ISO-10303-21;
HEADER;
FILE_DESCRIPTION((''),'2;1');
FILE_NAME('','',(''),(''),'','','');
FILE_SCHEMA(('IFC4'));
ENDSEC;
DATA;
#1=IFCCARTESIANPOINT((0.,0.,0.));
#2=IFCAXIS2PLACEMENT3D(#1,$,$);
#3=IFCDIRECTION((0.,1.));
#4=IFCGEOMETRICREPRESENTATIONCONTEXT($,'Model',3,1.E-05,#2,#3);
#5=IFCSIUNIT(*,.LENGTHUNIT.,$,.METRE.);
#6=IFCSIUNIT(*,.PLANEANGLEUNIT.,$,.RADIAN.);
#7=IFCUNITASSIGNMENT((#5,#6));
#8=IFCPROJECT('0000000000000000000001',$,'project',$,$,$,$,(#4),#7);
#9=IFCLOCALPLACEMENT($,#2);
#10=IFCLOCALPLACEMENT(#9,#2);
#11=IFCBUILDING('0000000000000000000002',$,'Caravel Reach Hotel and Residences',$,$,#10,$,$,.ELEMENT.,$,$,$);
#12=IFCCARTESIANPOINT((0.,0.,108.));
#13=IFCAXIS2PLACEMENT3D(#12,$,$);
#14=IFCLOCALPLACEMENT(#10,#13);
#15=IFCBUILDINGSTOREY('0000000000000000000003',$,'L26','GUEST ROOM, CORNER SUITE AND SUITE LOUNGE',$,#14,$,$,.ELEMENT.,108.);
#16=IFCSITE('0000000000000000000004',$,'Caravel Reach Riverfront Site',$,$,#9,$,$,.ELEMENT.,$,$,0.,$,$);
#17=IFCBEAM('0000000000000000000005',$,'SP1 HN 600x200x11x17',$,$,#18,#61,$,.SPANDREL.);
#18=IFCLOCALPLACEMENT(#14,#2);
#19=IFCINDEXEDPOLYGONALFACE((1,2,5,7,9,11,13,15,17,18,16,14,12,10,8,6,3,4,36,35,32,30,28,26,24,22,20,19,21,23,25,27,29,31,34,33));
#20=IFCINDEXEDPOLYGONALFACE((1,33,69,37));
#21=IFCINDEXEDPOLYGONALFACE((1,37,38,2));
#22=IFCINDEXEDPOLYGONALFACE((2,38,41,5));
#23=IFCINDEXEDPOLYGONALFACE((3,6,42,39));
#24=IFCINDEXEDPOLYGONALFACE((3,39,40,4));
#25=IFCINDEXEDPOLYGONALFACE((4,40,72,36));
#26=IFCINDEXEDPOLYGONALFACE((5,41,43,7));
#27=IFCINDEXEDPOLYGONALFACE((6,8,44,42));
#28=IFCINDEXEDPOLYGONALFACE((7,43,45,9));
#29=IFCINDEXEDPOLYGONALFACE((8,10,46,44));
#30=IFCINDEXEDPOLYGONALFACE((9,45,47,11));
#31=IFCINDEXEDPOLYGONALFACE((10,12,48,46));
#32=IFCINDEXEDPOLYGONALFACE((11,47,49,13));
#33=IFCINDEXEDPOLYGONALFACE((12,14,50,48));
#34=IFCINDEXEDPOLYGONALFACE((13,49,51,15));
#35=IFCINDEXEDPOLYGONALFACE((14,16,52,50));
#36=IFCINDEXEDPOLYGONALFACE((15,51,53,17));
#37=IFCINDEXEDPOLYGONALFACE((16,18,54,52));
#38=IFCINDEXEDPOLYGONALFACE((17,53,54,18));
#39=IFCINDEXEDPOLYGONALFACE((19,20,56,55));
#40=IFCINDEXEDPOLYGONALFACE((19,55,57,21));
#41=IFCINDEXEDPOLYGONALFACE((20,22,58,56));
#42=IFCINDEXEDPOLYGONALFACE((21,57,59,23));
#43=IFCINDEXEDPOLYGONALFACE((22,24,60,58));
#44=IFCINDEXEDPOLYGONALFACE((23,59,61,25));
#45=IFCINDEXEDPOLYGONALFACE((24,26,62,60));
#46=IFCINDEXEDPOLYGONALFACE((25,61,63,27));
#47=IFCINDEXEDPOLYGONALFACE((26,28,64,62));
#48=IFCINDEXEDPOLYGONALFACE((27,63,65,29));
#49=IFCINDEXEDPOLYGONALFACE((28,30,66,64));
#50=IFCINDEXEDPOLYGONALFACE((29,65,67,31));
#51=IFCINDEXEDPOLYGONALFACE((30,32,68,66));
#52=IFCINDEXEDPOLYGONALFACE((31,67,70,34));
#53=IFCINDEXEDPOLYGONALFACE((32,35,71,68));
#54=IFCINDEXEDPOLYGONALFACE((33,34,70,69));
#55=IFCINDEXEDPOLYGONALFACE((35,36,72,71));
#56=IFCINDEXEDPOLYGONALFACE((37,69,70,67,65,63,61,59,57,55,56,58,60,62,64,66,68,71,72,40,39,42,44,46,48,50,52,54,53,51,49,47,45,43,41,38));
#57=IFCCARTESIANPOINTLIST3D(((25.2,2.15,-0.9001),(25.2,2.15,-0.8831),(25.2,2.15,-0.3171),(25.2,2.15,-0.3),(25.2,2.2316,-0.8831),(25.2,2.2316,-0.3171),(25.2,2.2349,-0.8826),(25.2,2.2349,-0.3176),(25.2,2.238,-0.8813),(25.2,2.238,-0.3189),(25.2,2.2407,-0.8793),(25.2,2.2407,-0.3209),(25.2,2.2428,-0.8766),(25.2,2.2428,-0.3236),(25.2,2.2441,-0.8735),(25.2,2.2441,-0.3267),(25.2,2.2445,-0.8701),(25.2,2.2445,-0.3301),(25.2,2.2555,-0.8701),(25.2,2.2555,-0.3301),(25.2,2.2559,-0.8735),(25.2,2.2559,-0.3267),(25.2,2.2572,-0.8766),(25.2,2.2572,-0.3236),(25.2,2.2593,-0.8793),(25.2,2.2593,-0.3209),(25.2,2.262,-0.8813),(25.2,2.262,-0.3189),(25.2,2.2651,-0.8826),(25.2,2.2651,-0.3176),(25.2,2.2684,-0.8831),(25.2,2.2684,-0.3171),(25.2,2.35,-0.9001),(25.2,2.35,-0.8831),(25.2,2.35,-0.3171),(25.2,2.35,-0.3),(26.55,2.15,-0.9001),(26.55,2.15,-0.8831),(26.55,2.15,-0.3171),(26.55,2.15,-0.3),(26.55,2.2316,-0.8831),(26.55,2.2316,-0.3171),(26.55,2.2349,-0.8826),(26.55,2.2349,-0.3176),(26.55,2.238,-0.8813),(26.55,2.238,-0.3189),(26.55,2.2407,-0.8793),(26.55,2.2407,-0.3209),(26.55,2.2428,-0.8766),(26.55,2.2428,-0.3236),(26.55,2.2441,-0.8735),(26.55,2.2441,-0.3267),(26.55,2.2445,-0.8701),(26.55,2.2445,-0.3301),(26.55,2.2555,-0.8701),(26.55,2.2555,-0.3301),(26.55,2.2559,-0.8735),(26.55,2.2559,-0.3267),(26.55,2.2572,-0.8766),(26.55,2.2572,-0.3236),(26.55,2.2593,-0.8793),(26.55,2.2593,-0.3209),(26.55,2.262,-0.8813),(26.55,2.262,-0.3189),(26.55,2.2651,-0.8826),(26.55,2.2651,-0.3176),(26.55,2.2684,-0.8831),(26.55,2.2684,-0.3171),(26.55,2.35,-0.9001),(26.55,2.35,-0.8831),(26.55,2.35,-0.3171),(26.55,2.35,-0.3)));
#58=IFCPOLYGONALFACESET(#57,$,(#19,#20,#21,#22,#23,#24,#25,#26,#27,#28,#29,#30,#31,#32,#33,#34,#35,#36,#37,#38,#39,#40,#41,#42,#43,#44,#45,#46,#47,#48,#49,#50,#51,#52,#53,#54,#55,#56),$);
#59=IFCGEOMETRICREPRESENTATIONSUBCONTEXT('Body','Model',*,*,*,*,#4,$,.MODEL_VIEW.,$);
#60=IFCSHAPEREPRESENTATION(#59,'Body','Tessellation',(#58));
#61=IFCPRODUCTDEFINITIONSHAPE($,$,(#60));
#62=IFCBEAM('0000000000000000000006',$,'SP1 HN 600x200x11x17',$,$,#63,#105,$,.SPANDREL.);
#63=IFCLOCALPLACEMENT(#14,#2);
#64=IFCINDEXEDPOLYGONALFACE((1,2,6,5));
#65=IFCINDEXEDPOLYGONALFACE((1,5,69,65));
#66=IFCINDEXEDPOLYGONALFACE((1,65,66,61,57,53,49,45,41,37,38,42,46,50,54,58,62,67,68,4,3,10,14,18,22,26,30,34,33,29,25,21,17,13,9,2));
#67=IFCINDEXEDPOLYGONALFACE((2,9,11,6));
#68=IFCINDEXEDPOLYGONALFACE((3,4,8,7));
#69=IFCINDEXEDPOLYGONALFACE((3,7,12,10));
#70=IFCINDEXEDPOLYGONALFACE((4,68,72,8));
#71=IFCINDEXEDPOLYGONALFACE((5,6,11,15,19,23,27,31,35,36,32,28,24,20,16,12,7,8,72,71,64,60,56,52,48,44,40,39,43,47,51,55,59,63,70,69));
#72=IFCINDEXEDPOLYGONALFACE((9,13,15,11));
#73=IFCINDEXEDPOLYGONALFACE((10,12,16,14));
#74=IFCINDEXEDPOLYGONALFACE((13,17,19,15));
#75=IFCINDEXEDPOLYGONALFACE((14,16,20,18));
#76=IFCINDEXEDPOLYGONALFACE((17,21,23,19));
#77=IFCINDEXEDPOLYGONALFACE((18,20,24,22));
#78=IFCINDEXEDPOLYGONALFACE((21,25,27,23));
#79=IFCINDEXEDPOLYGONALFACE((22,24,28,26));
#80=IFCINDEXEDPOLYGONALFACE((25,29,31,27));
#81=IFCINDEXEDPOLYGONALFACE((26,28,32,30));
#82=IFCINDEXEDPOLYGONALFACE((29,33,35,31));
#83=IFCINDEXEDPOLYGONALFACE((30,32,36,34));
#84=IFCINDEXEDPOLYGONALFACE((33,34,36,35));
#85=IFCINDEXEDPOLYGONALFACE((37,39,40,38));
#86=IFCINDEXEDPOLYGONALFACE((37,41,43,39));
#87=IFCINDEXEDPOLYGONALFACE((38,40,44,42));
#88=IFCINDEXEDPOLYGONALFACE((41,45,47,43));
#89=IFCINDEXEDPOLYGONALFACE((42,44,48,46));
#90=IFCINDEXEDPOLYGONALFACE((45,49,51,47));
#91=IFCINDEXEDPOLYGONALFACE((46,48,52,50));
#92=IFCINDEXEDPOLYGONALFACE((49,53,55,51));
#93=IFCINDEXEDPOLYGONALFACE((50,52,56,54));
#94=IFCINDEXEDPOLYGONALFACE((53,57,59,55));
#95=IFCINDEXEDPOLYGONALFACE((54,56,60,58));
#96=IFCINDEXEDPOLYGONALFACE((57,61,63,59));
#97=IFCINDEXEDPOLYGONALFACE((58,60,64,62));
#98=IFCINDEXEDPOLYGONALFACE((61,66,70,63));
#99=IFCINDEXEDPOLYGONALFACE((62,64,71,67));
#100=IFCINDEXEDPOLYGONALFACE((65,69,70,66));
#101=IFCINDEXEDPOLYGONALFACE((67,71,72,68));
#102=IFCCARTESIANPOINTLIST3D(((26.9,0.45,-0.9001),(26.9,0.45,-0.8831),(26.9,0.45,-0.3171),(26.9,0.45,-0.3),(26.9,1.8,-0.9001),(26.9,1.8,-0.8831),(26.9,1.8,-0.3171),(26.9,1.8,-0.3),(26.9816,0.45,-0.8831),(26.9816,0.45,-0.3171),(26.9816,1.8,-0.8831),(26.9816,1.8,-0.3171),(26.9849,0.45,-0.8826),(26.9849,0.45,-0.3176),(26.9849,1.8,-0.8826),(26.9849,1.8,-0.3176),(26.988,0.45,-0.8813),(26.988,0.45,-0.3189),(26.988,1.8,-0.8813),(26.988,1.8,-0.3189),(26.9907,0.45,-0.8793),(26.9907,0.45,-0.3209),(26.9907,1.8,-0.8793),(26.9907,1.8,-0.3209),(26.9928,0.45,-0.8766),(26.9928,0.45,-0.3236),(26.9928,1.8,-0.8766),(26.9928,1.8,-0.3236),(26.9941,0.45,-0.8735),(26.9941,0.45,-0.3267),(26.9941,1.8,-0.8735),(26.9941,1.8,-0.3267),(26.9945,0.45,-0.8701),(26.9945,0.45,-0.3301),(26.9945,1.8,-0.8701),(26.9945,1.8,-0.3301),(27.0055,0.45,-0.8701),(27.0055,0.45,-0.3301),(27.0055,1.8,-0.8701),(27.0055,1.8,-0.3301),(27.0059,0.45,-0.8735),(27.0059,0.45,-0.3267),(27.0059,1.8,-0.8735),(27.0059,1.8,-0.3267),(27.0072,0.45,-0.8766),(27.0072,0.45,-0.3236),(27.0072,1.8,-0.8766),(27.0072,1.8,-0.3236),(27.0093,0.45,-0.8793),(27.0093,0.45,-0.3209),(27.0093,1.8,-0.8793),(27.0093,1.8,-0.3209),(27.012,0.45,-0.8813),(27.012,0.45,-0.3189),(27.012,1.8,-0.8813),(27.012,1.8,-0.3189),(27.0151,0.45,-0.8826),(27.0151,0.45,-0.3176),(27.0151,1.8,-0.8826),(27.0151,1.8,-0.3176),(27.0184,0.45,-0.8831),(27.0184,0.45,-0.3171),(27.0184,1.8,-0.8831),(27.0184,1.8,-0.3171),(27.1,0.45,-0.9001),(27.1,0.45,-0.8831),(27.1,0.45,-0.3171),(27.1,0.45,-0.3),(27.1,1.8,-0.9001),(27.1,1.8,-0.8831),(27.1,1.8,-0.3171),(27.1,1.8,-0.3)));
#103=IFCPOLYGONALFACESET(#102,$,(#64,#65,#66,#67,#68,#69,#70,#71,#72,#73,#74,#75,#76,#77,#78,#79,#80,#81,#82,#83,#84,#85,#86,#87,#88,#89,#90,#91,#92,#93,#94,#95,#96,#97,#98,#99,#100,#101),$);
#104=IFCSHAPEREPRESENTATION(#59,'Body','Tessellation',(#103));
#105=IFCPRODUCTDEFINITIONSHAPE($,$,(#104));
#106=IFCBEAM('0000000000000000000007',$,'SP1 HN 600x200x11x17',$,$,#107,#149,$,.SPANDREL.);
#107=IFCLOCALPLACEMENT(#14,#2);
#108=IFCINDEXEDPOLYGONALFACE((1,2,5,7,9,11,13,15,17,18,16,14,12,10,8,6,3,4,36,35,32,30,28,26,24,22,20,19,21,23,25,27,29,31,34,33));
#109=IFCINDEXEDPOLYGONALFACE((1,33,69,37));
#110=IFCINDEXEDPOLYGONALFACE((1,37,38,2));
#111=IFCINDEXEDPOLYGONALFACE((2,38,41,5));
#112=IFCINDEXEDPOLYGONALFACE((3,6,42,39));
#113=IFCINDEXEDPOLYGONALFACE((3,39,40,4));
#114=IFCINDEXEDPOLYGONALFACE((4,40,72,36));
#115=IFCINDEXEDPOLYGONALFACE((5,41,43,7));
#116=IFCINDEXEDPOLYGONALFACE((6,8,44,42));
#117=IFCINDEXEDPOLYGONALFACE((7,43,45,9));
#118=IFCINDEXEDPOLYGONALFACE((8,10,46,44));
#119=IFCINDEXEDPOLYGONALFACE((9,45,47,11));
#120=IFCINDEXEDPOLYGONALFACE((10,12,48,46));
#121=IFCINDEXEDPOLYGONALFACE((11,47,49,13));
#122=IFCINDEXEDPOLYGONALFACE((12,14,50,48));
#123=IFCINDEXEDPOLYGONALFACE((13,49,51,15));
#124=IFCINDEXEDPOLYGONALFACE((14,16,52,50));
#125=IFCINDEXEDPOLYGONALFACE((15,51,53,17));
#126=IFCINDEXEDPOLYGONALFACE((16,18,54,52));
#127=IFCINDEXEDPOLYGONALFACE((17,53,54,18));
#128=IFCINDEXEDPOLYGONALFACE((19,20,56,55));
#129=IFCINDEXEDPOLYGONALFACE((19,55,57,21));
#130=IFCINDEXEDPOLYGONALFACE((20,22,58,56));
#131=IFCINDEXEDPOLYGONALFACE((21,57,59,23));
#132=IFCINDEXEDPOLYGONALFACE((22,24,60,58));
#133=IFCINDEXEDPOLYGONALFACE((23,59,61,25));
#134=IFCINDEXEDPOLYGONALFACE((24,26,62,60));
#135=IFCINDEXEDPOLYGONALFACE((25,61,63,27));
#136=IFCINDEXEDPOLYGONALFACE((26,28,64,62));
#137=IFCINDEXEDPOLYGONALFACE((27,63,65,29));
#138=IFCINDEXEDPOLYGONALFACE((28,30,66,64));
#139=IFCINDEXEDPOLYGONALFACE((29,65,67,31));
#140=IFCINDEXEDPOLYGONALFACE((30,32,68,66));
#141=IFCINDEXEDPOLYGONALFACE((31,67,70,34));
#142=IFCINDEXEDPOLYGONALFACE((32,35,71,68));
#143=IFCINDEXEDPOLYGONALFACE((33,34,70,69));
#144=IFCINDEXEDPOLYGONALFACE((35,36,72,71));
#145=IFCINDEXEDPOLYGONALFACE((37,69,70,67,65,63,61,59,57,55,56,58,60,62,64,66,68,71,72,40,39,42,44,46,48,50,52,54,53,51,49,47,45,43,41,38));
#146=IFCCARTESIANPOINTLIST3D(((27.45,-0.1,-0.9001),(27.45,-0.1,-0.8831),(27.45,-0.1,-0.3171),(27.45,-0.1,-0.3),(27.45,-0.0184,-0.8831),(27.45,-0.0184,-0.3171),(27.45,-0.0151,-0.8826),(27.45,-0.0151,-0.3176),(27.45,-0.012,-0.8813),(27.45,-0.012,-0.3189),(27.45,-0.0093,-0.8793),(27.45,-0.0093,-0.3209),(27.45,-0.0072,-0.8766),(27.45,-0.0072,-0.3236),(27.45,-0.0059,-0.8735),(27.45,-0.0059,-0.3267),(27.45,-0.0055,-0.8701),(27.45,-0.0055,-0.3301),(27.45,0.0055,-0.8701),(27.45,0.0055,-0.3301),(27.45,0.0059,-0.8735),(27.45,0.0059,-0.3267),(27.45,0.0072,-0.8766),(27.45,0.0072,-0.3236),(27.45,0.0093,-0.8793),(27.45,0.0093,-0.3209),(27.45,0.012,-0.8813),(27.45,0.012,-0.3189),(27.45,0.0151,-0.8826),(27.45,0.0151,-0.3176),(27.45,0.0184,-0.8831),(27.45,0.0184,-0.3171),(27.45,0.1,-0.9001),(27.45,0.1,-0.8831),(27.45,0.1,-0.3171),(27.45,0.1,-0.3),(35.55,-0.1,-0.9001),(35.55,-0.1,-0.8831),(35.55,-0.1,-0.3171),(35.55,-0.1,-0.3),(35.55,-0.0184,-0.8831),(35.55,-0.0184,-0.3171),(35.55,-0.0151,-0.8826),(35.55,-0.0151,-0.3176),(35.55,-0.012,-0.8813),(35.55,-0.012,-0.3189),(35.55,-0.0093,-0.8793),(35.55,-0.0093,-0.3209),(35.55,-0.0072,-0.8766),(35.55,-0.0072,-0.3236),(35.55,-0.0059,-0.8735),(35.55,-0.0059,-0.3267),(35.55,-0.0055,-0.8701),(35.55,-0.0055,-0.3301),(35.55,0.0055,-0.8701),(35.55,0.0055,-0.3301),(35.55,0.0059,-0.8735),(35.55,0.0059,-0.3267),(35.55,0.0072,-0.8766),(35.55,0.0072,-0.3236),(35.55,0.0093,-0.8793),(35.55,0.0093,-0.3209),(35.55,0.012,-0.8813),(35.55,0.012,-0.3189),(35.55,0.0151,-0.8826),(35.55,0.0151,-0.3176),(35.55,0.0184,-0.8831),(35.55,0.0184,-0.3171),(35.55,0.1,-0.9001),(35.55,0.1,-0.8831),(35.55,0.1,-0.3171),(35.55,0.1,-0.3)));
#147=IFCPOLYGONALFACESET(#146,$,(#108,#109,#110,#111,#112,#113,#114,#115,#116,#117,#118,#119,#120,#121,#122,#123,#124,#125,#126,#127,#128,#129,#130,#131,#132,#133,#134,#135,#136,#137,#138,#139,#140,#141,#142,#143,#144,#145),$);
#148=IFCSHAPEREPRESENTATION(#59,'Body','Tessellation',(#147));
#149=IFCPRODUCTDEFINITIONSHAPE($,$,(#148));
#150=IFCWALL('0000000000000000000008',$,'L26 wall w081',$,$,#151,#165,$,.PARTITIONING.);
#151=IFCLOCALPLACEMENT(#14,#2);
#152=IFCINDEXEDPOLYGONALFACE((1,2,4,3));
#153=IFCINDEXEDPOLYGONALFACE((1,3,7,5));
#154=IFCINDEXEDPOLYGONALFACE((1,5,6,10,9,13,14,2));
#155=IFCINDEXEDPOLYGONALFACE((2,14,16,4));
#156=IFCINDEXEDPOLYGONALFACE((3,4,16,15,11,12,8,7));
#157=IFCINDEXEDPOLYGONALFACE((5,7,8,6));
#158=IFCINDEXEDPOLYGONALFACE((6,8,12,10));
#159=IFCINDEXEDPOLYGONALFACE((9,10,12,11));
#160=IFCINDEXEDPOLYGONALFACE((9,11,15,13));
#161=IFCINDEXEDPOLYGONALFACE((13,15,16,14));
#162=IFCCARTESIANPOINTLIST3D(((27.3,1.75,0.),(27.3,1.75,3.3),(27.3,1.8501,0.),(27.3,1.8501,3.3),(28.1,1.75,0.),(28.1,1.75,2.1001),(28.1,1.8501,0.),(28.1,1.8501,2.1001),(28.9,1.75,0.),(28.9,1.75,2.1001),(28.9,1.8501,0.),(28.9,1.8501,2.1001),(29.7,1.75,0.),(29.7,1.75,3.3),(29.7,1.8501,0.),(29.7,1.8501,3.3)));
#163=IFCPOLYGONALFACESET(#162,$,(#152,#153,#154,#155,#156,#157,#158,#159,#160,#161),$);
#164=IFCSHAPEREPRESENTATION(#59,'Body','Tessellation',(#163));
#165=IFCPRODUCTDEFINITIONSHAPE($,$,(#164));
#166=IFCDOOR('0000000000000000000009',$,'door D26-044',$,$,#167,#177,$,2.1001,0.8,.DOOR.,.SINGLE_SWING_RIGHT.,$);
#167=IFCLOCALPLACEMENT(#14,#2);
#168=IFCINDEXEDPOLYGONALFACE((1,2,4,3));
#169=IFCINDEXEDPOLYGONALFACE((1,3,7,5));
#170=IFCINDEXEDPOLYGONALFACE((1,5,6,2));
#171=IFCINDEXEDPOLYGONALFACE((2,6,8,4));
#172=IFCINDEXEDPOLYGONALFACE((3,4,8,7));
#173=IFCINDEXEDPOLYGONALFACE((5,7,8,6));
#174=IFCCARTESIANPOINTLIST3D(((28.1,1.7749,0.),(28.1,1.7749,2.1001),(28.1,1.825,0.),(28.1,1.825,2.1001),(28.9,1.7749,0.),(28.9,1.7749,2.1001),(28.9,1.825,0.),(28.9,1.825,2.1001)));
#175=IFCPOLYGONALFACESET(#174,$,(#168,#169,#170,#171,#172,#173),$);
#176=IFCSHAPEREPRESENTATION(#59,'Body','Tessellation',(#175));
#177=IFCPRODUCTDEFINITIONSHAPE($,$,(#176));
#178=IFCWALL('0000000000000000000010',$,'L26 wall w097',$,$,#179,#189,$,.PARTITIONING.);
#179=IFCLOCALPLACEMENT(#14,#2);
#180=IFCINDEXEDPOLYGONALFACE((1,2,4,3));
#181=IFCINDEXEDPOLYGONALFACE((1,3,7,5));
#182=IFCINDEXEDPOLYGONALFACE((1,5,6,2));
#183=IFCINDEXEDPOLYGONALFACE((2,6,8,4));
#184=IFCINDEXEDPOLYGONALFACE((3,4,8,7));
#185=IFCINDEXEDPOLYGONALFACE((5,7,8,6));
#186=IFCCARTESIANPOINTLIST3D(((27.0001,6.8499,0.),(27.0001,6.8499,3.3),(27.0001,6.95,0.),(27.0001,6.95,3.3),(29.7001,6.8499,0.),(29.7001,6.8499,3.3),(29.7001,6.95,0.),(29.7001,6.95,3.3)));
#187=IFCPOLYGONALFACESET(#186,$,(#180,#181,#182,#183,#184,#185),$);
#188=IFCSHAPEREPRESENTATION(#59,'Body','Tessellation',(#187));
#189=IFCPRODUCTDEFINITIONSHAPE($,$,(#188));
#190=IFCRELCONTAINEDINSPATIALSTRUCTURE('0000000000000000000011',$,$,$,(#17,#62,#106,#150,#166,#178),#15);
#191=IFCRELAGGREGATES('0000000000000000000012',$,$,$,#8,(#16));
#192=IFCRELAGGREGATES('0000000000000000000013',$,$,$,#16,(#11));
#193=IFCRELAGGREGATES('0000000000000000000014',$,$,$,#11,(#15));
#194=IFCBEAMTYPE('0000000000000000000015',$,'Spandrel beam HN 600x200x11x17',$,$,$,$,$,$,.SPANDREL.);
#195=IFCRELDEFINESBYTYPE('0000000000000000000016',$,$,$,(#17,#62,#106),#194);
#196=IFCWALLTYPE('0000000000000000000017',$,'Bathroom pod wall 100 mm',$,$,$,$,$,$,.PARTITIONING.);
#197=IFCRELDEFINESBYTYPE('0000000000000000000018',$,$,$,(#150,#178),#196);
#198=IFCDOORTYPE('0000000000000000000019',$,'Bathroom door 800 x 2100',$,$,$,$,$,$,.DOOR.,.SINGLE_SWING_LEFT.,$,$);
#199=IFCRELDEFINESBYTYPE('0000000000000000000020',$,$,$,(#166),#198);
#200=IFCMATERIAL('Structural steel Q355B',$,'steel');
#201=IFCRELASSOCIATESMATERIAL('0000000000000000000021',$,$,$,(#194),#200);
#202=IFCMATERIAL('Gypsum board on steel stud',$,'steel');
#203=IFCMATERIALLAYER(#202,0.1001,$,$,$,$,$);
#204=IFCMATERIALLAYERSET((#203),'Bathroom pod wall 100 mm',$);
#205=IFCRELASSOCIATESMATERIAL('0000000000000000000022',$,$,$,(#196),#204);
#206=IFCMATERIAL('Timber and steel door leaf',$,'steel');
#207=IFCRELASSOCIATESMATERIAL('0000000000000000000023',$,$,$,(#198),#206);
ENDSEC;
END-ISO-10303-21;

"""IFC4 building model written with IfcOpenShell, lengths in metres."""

from ifc_helpers import new_model, si_unit, direction, frame, frame_2d, origin, origin_2d, place, context, subcontext, project, spatial, rectangle, i_section, extrude, material, layer, layer_set, material_profile, profile_set, type_object, element, fill, save


model = new_model("IFC4")

# Units and contexts
model_context = context("Model", 3, precision=1e-05, world=origin(), true_north=direction((0.0, 1.0)))
body_context = subcontext(model_context, "Body", "Model", "MODEL_VIEW")
ifc_project = project(units=[si_unit("LENGTHUNIT", "METRE"), si_unit("PLANEANGLEUNIT", "RADIAN")], contexts=[model_context])

# Site, building, storey
site_placement = place(None, origin())
site = spatial("IfcSite", under=ifc_project, at=site_placement, Name="Caravel Reach Riverfront Site", CompositionType="ELEMENT", RefElevation=0.0)
building_placement = place(site_placement, origin())
building = spatial("IfcBuilding", under=site, at=building_placement, Name="Caravel Reach Hotel and Residences", CompositionType="ELEMENT")
storey_placement = place(building_placement, frame((0.0, 0.0, 108.0)))
storey = spatial("IfcBuildingStorey", under=building, at=storey_placement, Name="L26", Description="GUEST ROOM, CORNER SUITE AND SUITE LOUNGE", CompositionType="ELEMENT", Elevation=108.0)

# Beams
ifc_material_1 = material(Name="Structural steel Q355B", Category="steel")
ifc_material_profile_1 = material_profile(ifc_material_1, i_section(OverallWidth=0.2, OverallDepth=0.6001, WebThickness=0.011, FlangeThickness=0.0171, FilletRadius=0.0129, at=origin_2d()), Name="HN 600x200x11x17")
ifc_profile_set_1 = profile_set([ifc_material_profile_1], Name="Structural steel Q355B")
beam_type = type_object("IfcBeamType", Name="Spandrel beam HN 600x200x11x17", PredefinedType="SPANDREL", material=ifc_profile_set_1)
for number, where, z_axis, x_axis, name in (
    (1, (25.2, 2.25, -0.6001), (1.0, 0.0, 0.0), (0.0, 1.0, 0.0), "SP1 HN 600x200x11x17"),
    (2, (27.0, 1.8, -0.6001), (0.0, -1.0, 0.0), (1.0, 0.0, 0.0), "SP1 HN 600x200x11x17"),
):
    element("IfcBeam", number, at=place(storey_placement, frame(where, z_axis=z_axis, x_axis=x_axis)), inside=storey, type_object=beam_type, Name=name, PredefinedType="SPANDREL", context=body_context, shape_type="SweptSolid", body=[
        extrude(i_section(OverallWidth=0.2, OverallDepth=0.6001, WebThickness=0.011, FlangeThickness=0.0171, FilletRadius=0.0129, at=origin_2d()), origin(), (0.0, 0.0, 1.0), 1.3501),
    ])
beam_placement = place(storey_placement, frame((27.45, 0.0, -0.6001), z_axis=(1.0, 0.0, 0.0), x_axis=(0.0, 1.0, 0.0)))
element("IfcBeam", 3, at=beam_placement, inside=storey, type_object=beam_type, Name="SP1 HN 600x200x11x17", PredefinedType="SPANDREL", context=body_context, shape_type="SweptSolid", body=[
    extrude(i_section(OverallWidth=0.2, OverallDepth=0.6001, WebThickness=0.011, FlangeThickness=0.0171, FilletRadius=0.0129, at=origin_2d()), origin(), (0.0, 0.0, 1.0), 8.1001),
])

# Wall, opening, door
ifc_material_2 = material(Name="Gypsum board on steel stud", Category="steel")
ifc_layer_1 = layer(ifc_material_2, 0.1001)
ifc_layer_set_1 = layer_set([ifc_layer_1], Name="Bathroom pod wall 100 mm")
wall_type_1 = type_object("IfcWallType", Name="Bathroom pod wall 100 mm", PredefinedType="PARTITIONING", material=ifc_layer_set_1)
wall_1_placement = place(storey_placement, frame((27.3, 1.8, 0.0), z_axis=(0.0, 0.0, 1.0), x_axis=(1.0, 0.0, 0.0)))
wall_1 = element("IfcWall", 4, at=wall_1_placement, inside=storey, type_object=wall_type_1, Name="L26 wall w081", PredefinedType="PARTITIONING", context=body_context, shape_type="SweptSolid", body=[
    extrude(rectangle(XDim=2.3999, YDim=0.1001, at=frame_2d((1.2, 0.0))), origin(), (0.0, 0.0, 1.0), 3.3),
])
opening_1_placement = place(wall_1_placement, frame((0.8, 0.0, 0.0)))
opening_1 = element("IfcOpeningElement", 5, at=opening_1_placement, cuts=wall_1, PredefinedType="OPENING", context=body_context, shape_type="SweptSolid", body=[
    extrude(rectangle(XDim=0.8, YDim=2.1001, at=frame_2d((0.3999, 1.05))), frame((0.0, 0.0601, 0.0), z_axis=(0.0, -1.0, 0.0), x_axis=(1.0, 0.0, 0.0)), (0.0, 0.0, 1.0), 0.1201),
])
ifc_material_3 = material(Name="Timber and steel door leaf", Category="steel")
door_type_1 = type_object("IfcDoorType", Name="Bathroom door 800 x 2100", OperationType="SINGLE_SWING_LEFT", PredefinedType="DOOR", material=ifc_material_3)
door_1_placement = place(opening_1_placement, origin())
door_1 = element("IfcDoor", 6, at=door_1_placement, inside=storey, type_object=door_type_1, Name="door D26-044", OperationType="SINGLE_SWING_RIGHT", OverallHeight=2.1001, OverallWidth=0.8, PredefinedType="DOOR", context=body_context, shape_type="SweptSolid", body=[
    extrude(rectangle(XDim=0.8, YDim=2.1001, at=frame_2d((0.3999, 1.05))), frame((0.0, 0.0249, 0.0), z_axis=(0.0, -1.0, 0.0), x_axis=(1.0, 0.0, 0.0)), (0.0, 0.0, 1.0), 0.05),
])
fill(opening_1, door_1)

# Wall
wall_2_placement = place(storey_placement, frame((27.0, 6.8999, 0.0), z_axis=(0.0, 0.0, 1.0), x_axis=(1.0, 0.0, 0.0)))
element("IfcWall", 7, at=wall_2_placement, inside=storey, type_object=wall_type_1, Name="L26 wall w097", PredefinedType="PARTITIONING", context=body_context, shape_type="SweptSolid", body=[
    extrude(rectangle(XDim=2.7, YDim=0.1001, at=frame_2d((1.3501, 0.0))), origin(), (0.0, 0.0, 1.0), 3.3),
])

save(model, "model.ifc")
